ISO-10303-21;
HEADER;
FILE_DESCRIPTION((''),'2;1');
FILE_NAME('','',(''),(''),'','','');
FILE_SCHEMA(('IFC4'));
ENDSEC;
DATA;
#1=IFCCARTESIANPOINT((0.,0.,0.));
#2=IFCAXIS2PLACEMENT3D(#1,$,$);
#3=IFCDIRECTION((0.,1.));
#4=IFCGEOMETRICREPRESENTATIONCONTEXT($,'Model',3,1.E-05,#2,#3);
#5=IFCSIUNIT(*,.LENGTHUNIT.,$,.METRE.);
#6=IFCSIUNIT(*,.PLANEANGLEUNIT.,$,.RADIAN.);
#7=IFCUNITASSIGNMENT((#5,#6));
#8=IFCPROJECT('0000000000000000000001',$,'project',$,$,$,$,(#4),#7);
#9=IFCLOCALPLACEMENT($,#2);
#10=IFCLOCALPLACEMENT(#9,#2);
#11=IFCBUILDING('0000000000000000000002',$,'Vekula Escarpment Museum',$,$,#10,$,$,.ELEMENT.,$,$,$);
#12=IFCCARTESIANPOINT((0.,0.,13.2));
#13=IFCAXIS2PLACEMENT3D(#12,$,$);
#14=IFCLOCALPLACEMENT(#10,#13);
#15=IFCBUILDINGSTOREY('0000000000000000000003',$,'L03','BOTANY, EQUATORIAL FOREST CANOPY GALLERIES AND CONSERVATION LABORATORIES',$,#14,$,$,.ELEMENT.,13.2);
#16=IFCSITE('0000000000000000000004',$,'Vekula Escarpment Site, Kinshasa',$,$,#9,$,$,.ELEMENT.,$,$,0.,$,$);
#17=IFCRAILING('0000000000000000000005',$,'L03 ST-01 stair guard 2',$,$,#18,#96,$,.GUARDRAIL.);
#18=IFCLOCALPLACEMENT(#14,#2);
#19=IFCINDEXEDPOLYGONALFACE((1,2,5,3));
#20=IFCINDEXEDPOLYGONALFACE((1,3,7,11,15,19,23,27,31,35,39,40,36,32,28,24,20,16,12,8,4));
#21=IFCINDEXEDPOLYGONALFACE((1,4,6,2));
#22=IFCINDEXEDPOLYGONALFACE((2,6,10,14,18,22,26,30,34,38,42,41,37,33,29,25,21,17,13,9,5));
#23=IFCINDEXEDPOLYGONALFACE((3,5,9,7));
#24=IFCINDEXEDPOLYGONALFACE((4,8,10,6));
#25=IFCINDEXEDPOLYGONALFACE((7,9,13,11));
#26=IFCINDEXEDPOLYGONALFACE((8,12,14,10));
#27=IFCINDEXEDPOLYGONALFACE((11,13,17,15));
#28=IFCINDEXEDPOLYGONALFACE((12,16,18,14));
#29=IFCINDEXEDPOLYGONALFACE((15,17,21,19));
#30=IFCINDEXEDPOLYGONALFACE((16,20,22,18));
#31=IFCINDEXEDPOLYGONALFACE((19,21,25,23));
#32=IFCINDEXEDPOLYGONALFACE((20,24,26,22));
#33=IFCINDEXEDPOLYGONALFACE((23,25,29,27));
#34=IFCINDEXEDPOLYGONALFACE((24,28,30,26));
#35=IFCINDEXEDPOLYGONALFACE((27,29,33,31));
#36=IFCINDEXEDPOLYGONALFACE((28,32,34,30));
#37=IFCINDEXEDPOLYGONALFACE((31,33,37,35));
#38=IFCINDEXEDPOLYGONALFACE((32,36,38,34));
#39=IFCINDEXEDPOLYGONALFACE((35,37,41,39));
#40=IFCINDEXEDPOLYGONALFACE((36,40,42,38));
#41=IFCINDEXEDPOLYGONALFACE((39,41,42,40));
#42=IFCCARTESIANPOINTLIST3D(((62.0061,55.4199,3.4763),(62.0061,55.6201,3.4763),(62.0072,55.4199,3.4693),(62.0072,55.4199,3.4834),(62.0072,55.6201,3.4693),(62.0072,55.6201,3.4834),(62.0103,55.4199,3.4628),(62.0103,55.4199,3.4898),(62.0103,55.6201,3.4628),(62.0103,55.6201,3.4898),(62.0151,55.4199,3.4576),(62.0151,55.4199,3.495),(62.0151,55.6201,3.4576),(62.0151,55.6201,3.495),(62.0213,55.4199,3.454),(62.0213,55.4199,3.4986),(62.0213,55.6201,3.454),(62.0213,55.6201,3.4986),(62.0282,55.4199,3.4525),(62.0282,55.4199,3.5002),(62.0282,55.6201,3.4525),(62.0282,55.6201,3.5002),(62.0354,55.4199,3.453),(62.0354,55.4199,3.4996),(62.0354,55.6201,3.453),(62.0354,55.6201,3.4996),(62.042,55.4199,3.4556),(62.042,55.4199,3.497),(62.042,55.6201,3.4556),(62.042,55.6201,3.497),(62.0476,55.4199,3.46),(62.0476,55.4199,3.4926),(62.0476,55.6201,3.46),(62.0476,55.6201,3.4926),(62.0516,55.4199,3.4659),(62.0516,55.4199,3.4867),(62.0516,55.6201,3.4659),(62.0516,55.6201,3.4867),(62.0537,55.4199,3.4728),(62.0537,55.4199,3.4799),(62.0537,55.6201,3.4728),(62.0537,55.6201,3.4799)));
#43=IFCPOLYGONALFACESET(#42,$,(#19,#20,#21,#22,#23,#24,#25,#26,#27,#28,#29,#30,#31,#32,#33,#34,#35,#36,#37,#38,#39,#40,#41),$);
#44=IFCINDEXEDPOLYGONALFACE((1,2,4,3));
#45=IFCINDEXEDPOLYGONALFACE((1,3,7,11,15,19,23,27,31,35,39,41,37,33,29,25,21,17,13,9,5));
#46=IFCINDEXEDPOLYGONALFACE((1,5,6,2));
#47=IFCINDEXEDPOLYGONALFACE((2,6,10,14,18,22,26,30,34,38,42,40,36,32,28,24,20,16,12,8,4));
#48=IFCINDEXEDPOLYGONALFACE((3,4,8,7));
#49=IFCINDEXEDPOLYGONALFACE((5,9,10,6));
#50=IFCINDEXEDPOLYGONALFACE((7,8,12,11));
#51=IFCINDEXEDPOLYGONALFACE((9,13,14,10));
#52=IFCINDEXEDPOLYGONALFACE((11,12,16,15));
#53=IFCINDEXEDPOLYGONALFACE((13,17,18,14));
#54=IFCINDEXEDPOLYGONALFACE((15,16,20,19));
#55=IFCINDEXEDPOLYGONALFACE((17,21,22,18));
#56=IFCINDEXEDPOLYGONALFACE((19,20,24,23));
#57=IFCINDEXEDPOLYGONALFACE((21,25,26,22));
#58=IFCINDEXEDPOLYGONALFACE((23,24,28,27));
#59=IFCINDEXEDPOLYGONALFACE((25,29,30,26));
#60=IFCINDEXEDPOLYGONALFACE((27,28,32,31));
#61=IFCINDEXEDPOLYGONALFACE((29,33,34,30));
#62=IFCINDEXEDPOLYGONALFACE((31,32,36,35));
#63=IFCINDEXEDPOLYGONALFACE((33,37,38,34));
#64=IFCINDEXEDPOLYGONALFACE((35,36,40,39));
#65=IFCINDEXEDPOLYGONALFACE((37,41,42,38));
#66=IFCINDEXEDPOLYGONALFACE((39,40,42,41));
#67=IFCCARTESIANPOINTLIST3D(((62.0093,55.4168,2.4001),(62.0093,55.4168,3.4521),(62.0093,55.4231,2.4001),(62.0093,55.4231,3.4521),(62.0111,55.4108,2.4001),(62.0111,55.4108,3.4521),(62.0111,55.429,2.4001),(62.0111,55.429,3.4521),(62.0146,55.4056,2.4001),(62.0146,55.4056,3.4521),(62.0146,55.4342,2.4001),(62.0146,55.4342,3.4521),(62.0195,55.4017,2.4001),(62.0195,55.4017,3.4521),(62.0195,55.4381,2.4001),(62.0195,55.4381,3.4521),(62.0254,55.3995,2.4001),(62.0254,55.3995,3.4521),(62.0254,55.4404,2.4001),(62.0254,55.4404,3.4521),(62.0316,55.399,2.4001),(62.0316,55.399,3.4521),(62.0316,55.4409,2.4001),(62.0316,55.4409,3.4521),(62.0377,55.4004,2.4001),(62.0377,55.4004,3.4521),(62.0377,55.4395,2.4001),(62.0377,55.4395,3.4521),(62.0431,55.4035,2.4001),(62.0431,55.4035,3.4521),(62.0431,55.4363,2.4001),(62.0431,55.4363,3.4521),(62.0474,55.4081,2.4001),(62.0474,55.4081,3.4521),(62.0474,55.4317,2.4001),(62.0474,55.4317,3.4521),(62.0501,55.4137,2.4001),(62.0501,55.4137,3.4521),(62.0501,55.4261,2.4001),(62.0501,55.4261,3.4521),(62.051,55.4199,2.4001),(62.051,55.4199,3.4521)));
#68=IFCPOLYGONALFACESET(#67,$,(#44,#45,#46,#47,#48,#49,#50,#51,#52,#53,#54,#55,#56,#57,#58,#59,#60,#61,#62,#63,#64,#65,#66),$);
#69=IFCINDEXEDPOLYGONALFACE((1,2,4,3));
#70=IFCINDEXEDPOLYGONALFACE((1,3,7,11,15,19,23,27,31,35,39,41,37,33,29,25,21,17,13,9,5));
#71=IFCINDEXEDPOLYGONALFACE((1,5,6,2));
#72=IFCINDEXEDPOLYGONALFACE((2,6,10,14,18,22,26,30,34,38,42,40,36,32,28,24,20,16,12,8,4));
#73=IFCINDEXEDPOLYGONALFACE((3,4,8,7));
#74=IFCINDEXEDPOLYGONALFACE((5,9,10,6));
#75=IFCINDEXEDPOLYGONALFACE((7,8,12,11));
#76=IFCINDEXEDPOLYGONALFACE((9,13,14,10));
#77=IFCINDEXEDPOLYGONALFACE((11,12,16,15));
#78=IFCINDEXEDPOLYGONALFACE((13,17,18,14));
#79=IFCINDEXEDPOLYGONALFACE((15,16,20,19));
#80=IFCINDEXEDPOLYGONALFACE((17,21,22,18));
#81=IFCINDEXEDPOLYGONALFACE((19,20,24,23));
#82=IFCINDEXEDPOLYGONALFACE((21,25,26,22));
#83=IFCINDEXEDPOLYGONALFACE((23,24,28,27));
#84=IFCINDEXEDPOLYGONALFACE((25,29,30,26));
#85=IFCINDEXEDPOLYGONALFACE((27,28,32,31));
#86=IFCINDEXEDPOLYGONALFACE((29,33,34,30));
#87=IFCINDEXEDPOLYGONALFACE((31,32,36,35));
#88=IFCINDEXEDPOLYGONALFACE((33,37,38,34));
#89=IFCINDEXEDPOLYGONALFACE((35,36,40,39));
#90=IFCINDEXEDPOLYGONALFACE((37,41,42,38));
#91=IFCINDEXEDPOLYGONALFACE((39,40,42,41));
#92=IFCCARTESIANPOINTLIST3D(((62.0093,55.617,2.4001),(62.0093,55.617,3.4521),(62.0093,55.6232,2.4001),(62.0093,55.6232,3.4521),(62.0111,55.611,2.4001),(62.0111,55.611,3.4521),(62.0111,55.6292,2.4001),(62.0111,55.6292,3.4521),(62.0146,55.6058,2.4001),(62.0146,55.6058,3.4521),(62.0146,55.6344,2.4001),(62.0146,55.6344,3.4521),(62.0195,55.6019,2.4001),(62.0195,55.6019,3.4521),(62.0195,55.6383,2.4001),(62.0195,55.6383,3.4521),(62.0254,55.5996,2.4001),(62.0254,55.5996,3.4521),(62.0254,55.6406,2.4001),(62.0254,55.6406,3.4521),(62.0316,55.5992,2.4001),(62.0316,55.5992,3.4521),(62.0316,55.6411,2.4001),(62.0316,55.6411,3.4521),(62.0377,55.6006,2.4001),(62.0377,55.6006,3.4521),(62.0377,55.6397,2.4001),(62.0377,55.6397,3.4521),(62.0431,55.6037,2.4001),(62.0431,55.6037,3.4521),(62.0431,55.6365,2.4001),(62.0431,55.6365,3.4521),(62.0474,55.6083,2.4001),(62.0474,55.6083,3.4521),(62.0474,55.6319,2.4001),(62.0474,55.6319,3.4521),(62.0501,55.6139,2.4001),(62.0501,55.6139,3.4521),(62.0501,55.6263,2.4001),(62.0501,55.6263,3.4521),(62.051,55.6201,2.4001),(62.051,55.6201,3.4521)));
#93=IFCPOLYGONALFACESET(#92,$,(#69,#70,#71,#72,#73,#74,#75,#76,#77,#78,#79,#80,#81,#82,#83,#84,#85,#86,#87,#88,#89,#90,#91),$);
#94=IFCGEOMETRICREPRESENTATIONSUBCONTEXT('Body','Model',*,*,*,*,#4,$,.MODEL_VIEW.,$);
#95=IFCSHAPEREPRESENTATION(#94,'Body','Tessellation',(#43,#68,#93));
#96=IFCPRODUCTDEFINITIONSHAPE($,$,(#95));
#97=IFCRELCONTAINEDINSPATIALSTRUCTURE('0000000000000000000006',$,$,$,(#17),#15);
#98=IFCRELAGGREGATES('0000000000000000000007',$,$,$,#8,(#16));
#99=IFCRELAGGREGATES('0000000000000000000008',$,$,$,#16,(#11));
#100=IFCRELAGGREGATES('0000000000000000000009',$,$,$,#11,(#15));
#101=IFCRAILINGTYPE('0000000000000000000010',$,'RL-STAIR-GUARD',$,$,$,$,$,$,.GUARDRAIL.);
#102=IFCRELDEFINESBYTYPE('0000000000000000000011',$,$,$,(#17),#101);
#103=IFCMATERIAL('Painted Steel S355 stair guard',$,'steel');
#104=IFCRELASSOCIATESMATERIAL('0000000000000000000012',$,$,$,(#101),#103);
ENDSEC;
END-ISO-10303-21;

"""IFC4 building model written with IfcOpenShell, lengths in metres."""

from ifc_helpers import new_model, si_unit, direction, frame, origin, origin_2d, place, context, subcontext, project, spatial, circle, extrude, material, type_object, element, save


model = new_model("IFC4")

# Units and contexts
model_context = context("Model", 3, precision=1e-05, world=origin(), true_north=direction((0.0, 1.0)))
body_context = subcontext(model_context, "Body", "Model", "MODEL_VIEW")
ifc_project = project(units=[si_unit("LENGTHUNIT", "METRE"), si_unit("PLANEANGLEUNIT", "RADIAN")], contexts=[model_context])

# Site, building, storey
site_placement = place(None, origin())
site = spatial("IfcSite", under=ifc_project, at=site_placement, Name="Vekula Escarpment Site, Kinshasa", CompositionType="ELEMENT", RefElevation=0.0)
building_placement = place(site_placement, origin())
building = spatial("IfcBuilding", under=site, at=building_placement, Name="Vekula Escarpment Museum", CompositionType="ELEMENT")
storey_placement = place(building_placement, frame((0.0, 0.0, 13.2)))
storey = spatial("IfcBuildingStorey", under=building, at=storey_placement, Name="L03", Description="BOTANY, EQUATORIAL FOREST CANOPY GALLERIES AND CONSERVATION LABORATORIES", CompositionType="ELEMENT", Elevation=13.2)

# Railing
ifc_material_1 = material(Name="Painted Steel S355 stair guard", Category="steel")
railing_type_1 = type_object("IfcRailingType", Name="RL-STAIR-GUARD", PredefinedType="GUARDRAIL", material=ifc_material_1)
railing_1_placement = place(storey_placement, frame((62.03, 55.4199, 2.4001)))
element("IfcRailing", 1, at=railing_1_placement, inside=storey, type_object=railing_type_1, Name="L03 ST-01 stair guard 2", PredefinedType="GUARDRAIL", context=body_context, shape_type="SweptSolid", body=[
    extrude(circle(Radius=0.0239, at=origin_2d()), frame((0.0, 0.0, 1.0762), z_axis=(0.0, 1.0, 0.0), x_axis=(-1.0, 0.0, 0.0)), (0.0, 0.0, 1.0), 0.2002),
    extrude(circle(Radius=0.021, at=origin_2d()), origin(), (0.0, 0.0, 1.0), 1.052),
    extrude(circle(Radius=0.021, at=origin_2d()), frame((0.0, 0.2002, 0.0)), (0.0, 0.0, 1.0), 1.052),
])

save(model, "model.ifc")
